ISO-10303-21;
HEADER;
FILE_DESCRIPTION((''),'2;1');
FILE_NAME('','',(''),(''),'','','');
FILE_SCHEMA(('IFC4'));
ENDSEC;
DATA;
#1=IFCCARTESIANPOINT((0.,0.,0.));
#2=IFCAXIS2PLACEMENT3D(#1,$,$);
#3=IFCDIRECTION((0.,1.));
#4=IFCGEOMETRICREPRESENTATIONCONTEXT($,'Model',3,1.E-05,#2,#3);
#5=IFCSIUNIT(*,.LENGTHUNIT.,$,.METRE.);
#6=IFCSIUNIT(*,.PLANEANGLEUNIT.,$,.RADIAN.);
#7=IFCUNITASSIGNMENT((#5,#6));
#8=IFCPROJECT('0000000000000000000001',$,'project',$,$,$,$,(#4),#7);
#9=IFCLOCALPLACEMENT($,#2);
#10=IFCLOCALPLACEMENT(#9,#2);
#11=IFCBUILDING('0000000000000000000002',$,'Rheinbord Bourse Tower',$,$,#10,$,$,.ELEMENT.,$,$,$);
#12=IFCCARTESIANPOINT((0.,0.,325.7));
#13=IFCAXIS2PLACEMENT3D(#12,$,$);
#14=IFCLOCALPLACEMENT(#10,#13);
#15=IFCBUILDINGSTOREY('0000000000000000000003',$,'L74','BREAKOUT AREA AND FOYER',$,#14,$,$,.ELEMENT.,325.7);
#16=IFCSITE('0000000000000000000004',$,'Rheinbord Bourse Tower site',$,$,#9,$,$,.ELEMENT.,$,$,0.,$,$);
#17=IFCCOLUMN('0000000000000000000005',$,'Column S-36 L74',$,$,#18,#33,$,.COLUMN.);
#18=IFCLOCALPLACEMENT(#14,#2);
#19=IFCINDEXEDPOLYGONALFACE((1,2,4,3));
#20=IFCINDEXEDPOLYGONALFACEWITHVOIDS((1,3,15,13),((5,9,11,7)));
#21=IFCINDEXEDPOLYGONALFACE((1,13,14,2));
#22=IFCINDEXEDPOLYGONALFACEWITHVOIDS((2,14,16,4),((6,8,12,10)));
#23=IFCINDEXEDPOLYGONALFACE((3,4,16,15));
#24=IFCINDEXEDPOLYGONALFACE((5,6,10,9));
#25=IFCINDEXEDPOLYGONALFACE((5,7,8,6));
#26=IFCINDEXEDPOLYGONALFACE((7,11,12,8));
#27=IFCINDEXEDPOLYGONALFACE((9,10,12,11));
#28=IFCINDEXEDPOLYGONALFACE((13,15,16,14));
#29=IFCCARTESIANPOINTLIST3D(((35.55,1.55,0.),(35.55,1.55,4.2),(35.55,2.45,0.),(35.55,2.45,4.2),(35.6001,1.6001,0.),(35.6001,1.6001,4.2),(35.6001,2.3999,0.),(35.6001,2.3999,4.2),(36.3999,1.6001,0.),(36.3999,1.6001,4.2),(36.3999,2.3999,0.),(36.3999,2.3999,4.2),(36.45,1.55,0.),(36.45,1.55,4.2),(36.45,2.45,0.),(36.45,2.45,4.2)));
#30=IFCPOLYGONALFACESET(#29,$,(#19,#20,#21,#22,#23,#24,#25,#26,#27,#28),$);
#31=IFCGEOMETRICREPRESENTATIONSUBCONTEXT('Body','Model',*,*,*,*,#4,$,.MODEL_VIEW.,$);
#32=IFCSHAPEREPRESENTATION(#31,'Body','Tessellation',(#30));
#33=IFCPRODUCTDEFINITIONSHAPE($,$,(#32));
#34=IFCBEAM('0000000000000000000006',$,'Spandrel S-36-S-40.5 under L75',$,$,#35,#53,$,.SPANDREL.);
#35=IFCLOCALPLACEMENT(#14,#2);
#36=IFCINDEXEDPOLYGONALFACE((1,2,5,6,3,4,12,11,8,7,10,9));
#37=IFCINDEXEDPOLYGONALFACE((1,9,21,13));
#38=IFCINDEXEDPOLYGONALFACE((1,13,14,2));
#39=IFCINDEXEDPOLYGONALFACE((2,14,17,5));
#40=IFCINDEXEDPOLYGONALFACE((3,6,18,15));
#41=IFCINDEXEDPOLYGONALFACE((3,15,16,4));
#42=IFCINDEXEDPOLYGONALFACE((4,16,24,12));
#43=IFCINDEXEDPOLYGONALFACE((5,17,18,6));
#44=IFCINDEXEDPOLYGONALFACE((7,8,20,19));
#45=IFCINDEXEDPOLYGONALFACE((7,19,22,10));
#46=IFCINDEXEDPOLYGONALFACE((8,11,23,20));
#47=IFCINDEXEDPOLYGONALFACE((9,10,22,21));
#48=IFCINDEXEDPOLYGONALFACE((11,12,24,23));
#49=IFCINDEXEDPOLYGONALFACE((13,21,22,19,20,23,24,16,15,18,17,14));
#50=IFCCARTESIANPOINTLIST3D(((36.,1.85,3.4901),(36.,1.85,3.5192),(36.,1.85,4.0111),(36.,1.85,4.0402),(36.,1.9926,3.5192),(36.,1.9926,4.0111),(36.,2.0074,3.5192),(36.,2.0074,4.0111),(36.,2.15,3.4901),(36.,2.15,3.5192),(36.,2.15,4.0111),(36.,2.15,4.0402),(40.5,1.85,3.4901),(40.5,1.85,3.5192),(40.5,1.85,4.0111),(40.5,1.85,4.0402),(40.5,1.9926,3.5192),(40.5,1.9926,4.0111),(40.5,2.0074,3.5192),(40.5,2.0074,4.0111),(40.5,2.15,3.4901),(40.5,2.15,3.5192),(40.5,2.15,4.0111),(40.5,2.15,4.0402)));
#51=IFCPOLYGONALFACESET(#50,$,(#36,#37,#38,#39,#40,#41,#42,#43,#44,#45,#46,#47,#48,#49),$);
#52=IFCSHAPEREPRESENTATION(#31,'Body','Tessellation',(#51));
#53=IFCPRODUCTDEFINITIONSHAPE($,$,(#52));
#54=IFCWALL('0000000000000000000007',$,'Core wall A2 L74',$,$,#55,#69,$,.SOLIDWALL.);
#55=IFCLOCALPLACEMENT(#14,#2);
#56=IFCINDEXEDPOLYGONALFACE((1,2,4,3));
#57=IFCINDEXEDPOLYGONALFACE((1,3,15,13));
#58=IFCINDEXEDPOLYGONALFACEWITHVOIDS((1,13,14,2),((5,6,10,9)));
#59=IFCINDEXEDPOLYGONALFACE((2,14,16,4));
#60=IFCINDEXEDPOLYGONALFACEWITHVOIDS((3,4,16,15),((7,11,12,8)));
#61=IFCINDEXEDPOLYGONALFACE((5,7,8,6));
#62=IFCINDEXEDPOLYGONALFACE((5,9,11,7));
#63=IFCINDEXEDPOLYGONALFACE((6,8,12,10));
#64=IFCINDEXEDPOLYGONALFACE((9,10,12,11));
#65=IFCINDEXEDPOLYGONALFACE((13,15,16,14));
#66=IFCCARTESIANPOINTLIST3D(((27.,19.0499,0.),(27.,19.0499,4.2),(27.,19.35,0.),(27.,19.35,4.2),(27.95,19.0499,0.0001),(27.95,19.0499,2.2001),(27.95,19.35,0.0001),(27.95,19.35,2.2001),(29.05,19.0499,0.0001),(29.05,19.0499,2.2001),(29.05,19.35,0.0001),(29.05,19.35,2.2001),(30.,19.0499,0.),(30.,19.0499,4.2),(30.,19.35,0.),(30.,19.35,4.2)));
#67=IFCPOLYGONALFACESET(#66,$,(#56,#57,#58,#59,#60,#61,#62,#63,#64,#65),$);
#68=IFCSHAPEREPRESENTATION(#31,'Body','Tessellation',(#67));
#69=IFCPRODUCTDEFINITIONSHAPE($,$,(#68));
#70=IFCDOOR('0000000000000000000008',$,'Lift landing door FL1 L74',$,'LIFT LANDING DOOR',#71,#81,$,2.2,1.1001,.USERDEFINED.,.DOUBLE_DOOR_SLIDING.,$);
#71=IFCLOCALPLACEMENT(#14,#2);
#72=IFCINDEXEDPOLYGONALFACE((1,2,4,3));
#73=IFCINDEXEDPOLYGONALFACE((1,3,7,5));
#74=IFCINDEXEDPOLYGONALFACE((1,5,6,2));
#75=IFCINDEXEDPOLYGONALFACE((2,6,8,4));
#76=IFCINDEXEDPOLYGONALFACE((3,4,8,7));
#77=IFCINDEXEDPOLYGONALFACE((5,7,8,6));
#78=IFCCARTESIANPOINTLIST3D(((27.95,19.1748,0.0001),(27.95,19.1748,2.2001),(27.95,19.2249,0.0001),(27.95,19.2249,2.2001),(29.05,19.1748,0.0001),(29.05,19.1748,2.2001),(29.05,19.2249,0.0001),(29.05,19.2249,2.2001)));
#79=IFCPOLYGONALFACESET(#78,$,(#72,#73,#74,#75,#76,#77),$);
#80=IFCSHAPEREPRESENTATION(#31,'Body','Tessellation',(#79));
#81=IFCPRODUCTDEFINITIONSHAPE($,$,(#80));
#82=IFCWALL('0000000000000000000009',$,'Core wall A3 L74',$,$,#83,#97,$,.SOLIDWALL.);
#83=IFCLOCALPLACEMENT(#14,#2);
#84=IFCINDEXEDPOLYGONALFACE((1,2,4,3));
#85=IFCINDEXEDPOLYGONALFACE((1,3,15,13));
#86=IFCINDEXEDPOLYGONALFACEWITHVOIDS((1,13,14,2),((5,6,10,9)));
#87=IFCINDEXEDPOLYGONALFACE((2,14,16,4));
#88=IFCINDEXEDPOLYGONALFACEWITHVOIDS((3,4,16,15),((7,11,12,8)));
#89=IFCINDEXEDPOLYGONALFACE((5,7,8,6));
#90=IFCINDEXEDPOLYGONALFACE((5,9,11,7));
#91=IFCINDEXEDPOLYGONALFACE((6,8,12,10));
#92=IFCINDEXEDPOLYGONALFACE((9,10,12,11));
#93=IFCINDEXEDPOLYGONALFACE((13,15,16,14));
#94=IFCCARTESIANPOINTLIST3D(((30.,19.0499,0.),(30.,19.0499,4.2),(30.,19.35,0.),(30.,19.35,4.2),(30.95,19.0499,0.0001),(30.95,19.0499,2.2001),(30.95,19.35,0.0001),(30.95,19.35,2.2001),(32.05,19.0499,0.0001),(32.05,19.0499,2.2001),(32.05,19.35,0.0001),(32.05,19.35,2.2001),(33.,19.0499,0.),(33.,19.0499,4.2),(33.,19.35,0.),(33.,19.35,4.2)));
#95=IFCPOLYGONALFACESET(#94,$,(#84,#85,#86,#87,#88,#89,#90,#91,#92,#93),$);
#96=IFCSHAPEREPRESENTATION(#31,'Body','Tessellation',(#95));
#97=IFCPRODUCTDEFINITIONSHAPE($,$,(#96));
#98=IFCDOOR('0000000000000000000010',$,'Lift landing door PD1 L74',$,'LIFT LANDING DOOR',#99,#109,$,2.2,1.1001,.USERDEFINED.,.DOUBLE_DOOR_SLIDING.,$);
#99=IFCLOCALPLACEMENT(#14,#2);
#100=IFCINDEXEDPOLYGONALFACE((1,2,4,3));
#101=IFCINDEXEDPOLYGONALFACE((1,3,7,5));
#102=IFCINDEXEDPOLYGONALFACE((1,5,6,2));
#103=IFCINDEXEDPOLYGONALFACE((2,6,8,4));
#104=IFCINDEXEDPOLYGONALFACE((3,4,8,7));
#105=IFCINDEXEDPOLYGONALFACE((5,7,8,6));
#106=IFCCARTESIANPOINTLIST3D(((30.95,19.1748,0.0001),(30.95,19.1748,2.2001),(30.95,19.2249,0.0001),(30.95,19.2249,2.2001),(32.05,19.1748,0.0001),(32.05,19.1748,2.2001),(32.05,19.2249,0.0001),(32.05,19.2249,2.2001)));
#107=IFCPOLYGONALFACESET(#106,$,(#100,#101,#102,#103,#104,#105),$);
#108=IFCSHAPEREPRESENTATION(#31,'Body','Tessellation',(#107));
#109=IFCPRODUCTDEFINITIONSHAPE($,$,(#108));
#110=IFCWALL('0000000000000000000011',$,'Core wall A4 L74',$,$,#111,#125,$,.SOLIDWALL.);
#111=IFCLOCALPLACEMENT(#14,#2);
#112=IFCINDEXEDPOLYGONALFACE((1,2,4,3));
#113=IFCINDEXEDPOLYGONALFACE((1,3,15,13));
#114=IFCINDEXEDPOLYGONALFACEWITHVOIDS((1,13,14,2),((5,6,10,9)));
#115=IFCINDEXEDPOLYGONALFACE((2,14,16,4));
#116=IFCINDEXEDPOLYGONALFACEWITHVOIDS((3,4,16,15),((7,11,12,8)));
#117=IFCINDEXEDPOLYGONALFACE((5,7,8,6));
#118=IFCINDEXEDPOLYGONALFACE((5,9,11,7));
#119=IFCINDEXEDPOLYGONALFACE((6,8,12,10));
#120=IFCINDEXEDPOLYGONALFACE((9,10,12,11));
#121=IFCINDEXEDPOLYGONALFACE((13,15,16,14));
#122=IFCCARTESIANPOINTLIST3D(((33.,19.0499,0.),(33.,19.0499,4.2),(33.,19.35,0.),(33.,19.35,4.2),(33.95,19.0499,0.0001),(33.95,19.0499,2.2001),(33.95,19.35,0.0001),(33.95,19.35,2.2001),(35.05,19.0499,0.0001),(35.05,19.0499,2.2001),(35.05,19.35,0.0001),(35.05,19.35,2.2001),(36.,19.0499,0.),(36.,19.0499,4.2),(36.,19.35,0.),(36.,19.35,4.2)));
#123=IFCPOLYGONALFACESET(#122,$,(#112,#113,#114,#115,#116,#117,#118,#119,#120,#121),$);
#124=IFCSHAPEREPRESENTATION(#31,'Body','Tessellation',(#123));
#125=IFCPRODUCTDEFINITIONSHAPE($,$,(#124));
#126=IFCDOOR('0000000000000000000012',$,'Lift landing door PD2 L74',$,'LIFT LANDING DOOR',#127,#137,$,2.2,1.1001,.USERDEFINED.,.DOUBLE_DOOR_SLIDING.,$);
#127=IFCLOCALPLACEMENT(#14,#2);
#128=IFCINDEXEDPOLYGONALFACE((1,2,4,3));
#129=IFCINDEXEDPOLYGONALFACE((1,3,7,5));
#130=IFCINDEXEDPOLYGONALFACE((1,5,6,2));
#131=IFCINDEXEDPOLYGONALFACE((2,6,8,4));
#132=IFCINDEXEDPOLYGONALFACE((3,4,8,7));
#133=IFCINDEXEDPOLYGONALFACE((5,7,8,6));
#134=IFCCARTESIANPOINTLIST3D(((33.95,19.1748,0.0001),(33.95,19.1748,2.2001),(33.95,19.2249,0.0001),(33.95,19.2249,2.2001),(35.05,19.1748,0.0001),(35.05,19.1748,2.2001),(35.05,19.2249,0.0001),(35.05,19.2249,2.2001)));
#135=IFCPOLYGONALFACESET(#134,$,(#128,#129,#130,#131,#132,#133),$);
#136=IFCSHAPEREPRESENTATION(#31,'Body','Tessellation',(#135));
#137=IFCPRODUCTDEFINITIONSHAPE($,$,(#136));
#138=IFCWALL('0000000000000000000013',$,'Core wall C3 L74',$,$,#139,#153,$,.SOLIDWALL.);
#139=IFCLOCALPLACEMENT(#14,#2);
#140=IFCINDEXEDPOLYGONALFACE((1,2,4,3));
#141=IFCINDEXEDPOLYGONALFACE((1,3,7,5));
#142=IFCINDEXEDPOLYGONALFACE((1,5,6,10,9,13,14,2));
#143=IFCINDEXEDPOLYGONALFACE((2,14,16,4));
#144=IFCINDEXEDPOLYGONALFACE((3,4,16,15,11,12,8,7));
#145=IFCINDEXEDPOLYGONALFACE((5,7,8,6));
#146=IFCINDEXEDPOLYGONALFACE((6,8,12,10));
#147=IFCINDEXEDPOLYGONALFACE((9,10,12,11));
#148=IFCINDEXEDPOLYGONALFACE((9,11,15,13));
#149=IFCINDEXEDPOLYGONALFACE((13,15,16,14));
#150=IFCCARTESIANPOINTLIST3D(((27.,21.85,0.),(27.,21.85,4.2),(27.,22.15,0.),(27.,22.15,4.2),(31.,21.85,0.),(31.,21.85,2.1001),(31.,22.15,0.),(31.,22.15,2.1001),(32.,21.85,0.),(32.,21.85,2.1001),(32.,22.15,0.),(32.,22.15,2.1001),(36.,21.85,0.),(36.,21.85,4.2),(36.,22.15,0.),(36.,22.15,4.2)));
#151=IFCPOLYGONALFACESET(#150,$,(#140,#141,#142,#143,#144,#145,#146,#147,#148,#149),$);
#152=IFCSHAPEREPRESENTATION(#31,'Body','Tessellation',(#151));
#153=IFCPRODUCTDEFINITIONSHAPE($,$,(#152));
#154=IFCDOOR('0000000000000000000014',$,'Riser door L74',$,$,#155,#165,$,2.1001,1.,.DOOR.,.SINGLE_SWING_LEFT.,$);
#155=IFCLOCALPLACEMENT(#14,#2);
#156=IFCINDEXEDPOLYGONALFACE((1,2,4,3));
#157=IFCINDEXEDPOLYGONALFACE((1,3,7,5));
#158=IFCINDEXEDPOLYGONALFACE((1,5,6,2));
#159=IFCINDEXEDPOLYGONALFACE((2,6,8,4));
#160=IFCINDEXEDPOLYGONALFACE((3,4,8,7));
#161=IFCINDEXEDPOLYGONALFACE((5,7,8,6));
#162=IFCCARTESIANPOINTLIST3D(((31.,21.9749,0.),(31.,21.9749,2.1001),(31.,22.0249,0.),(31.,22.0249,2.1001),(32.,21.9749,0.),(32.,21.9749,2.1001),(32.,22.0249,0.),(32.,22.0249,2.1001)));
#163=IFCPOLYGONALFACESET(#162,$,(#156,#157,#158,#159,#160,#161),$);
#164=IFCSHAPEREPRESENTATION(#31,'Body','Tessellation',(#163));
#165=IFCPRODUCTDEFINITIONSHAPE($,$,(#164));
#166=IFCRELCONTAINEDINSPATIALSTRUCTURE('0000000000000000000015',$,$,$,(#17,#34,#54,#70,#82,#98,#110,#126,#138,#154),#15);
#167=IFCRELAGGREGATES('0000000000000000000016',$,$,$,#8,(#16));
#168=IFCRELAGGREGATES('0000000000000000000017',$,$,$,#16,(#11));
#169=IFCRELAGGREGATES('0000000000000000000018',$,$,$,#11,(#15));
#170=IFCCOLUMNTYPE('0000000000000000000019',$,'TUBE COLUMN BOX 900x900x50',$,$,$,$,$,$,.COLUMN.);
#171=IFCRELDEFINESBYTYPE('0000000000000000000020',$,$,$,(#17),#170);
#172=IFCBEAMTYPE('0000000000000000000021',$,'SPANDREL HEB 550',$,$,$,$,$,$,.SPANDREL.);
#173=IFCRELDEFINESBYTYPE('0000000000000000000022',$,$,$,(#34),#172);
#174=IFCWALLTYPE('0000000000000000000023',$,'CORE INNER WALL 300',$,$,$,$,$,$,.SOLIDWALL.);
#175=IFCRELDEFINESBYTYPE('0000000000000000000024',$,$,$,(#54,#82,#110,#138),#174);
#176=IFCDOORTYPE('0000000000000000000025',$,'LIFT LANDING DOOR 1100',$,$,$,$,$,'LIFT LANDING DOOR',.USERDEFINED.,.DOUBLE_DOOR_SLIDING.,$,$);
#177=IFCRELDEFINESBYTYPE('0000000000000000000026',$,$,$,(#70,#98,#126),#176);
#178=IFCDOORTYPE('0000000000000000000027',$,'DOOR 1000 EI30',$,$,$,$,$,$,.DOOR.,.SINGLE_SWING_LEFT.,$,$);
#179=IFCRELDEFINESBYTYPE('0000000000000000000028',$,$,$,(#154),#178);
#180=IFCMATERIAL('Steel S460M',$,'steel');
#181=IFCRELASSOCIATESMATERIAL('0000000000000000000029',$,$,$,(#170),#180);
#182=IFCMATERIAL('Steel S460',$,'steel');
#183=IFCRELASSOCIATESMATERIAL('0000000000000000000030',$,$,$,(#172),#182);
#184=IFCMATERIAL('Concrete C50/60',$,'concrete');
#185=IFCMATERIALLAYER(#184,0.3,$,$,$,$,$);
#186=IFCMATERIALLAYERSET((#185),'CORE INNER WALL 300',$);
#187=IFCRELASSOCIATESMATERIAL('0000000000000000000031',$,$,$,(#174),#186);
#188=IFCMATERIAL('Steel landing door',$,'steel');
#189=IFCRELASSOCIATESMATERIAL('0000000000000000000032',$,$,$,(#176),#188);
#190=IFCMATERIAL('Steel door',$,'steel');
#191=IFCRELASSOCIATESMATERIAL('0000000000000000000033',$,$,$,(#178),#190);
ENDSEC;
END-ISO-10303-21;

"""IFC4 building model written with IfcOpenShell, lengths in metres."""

from ifc_helpers import new_model, si_unit, direction, frame, frame_2d, origin, origin_2d, place, context, subcontext, project, spatial, rectangle, hollow_rectangle, i_section, extrude, material, layer, layer_set, material_profile, profile_set, type_object, element, fill, save


model = new_model("IFC4")

# Units and contexts
model_context = context("Model", 3, precision=1e-05, world=origin(), true_north=direction((0.0, 1.0)))
body_context = subcontext(model_context, "Body", "Model", "MODEL_VIEW")
ifc_project = project(units=[si_unit("LENGTHUNIT", "METRE"), si_unit("PLANEANGLEUNIT", "RADIAN")], contexts=[model_context])

# Site, building, storey
site_placement = place(None, origin())
site = spatial("IfcSite", under=ifc_project, at=site_placement, Name="Rheinbord Bourse Tower site", CompositionType="ELEMENT", RefElevation=0.0)
building_placement = place(site_placement, origin())
building = spatial("IfcBuilding", under=site, at=building_placement, Name="Rheinbord Bourse Tower", CompositionType="ELEMENT")
storey_placement = place(building_placement, frame((0.0, 0.0, 325.7)))
storey = spatial("IfcBuildingStorey", under=building, at=storey_placement, Name="L74", Description="BREAKOUT AREA AND FOYER", CompositionType="ELEMENT", Elevation=325.7)

# Column
ifc_material_1 = material(Name="Steel S460M", Category="steel")
ifc_material_profile_1 = material_profile(ifc_material_1, hollow_rectangle(XDim=0.8999, YDim=0.8999, WallThickness=0.05, at=origin_2d()), Name="BOX 900x900x50")
ifc_profile_set_1 = profile_set([ifc_material_profile_1], Name="Steel S460M")
column_type = type_object("IfcColumnType", Name="TUBE COLUMN BOX 900x900x50", PredefinedType="COLUMN", material=ifc_profile_set_1)
column_placement = place(storey_placement, frame((36.0, 2.0, 0.0), z_axis=(0.0, 0.0, 1.0), x_axis=(0.0, 1.0, 0.0)))
element("IfcColumn", 1, at=column_placement, inside=storey, type_object=column_type, Name="Column S-36 L74", PredefinedType="COLUMN", context=body_context, shape_type="SweptSolid", body=[
    extrude(hollow_rectangle(XDim=0.8999, YDim=0.8999, WallThickness=0.05, at=origin_2d()), origin(), (0.0, 0.0, 1.0), 4.2),
])

# Beam
ifc_material_2 = material(Name="Steel S460", Category="steel")
ifc_material_profile_2 = material_profile(ifc_material_2, i_section(OverallWidth=0.3, OverallDepth=0.55, WebThickness=0.0149, FlangeThickness=0.0291, at=origin_2d()), Name="HEB 550")
ifc_profile_set_2 = profile_set([ifc_material_profile_2], Name="Steel S460")
beam_type = type_object("IfcBeamType", Name="SPANDREL HEB 550", PredefinedType="SPANDREL", material=ifc_profile_set_2)
beam_placement = place(storey_placement, frame((36.0, 2.0, 3.7651), z_axis=(1.0, 0.0, 0.0), x_axis=(0.0, 1.0, 0.0)))
element("IfcBeam", 2, at=beam_placement, inside=storey, type_object=beam_type, Name="Spandrel S-36-S-40.5 under L75", PredefinedType="SPANDREL", context=body_context, shape_type="SweptSolid", body=[
    extrude(i_section(OverallWidth=0.3, OverallDepth=0.55, WebThickness=0.0149, FlangeThickness=0.0291, at=origin_2d()), origin(), (0.0, 0.0, 1.0), 4.5),
])

# Walls, openings, doors
ifc_material_3 = material(Name="Concrete C50/60", Category="concrete")
ifc_layer_1 = layer(ifc_material_3, 0.3)
ifc_layer_set_1 = layer_set([ifc_layer_1], Name="CORE INNER WALL 300")
wall_type_1 = type_object("IfcWallType", Name="CORE INNER WALL 300", PredefinedType="SOLIDWALL", material=ifc_layer_set_1)
wall_1_placement = place(storey_placement, frame((27.0, 19.2, 0.0), z_axis=(0.0, 0.0, 1.0), x_axis=(1.0, 0.0, 0.0)))
wall_1 = element("IfcWall", 3, at=wall_1_placement, inside=storey, type_object=wall_type_1, Name="Core wall A2 L74", PredefinedType="SOLIDWALL", context=body_context, shape_type="SweptSolid", body=[
    extrude(rectangle(XDim=3.0, YDim=0.3, at=frame_2d((1.5, 0.0))), origin(), (0.0, 0.0, 1.0), 4.2),
])
opening_1_placement = place(wall_1_placement, frame((0.95, 0.0, 0.0)))
opening_1 = element("IfcOpeningElement", 4, at=opening_1_placement, cuts=wall_1, PredefinedType="OPENING", context=body_context, shape_type="SweptSolid", body=[
    extrude(rectangle(XDim=1.1001, YDim=2.2, at=frame_2d((0.55, 1.1001))), frame((0.0, 0.1599, 0.0), z_axis=(0.0, -1.0, 0.0), x_axis=(1.0, 0.0, 0.0)), (0.0, 0.0, 1.0), 0.3201),
])
ifc_material_4 = material(Name="Steel landing door", Category="steel")
door_type_1 = type_object("IfcDoorType", Name="LIFT LANDING DOOR 1100", ElementType="LIFT LANDING DOOR", OperationType="DOUBLE_DOOR_SLIDING", PredefinedType="USERDEFINED", material=ifc_material_4)
door_1_placement = place(opening_1_placement, origin())
door_1 = element("IfcDoor", 5, at=door_1_placement, inside=storey, type_object=door_type_1, Name="Lift landing door FL1 L74", ObjectType="LIFT LANDING DOOR", OperationType="DOUBLE_DOOR_SLIDING", OverallHeight=2.2, OverallWidth=1.1001, PredefinedType="USERDEFINED", context=body_context, shape_type="SweptSolid", body=[
    extrude(rectangle(XDim=1.1001, YDim=2.2, at=frame_2d((0.55, 1.1001))), frame((0.0, 0.0249, 0.0), z_axis=(0.0, -1.0, 0.0), x_axis=(1.0, 0.0, 0.0)), (0.0, 0.0, 1.0), 0.05),
])
fill(opening_1, door_1)
wall_2_placement = place(storey_placement, frame((30.0, 19.2, 0.0), z_axis=(0.0, 0.0, 1.0), x_axis=(1.0, 0.0, 0.0)))
wall_2 = element("IfcWall", 6, at=wall_2_placement, inside=storey, type_object=wall_type_1, Name="Core wall A3 L74", PredefinedType="SOLIDWALL", context=body_context, shape_type="SweptSolid", body=[
    extrude(rectangle(XDim=3.0, YDim=0.3, at=frame_2d((1.5, 0.0))), origin(), (0.0, 0.0, 1.0), 4.2),
])
opening_2_placement = place(wall_2_placement, frame((0.95, 0.0, 0.0)))
opening_2 = element("IfcOpeningElement", 7, at=opening_2_placement, cuts=wall_2, PredefinedType="OPENING", context=body_context, shape_type="SweptSolid", body=[
    extrude(rectangle(XDim=1.1001, YDim=2.2, at=frame_2d((0.55, 1.1001))), frame((0.0, 0.1599, 0.0), z_axis=(0.0, -1.0, 0.0), x_axis=(1.0, 0.0, 0.0)), (0.0, 0.0, 1.0), 0.3201),
])
door_2_placement = place(opening_2_placement, origin())
door_2 = element("IfcDoor", 8, at=door_2_placement, inside=storey, type_object=door_type_1, Name="Lift landing door PD1 L74", ObjectType="LIFT LANDING DOOR", OperationType="DOUBLE_DOOR_SLIDING", OverallHeight=2.2, OverallWidth=1.1001, PredefinedType="USERDEFINED", context=body_context, shape_type="SweptSolid", body=[
    extrude(rectangle(XDim=1.1001, YDim=2.2, at=frame_2d((0.55, 1.1001))), frame((0.0, 0.0249, 0.0), z_axis=(0.0, -1.0, 0.0), x_axis=(1.0, 0.0, 0.0)), (0.0, 0.0, 1.0), 0.05),
])
fill(opening_2, door_2)
wall_3_placement = place(storey_placement, frame((33.0, 19.2, 0.0), z_axis=(0.0, 0.0, 1.0), x_axis=(1.0, 0.0, 0.0)))
wall_3 = element("IfcWall", 9, at=wall_3_placement, inside=storey, type_object=wall_type_1, Name="Core wall A4 L74", PredefinedType="SOLIDWALL", context=body_context, shape_type="SweptSolid", body=[
    extrude(rectangle(XDim=3.0, YDim=0.3, at=frame_2d((1.5, 0.0))), origin(), (0.0, 0.0, 1.0), 4.2),
])
opening_3_placement = place(wall_3_placement, frame((0.95, 0.0, 0.0)))
opening_3 = element("IfcOpeningElement", 10, at=opening_3_placement, cuts=wall_3, PredefinedType="OPENING", context=body_context, shape_type="SweptSolid", body=[
    extrude(rectangle(XDim=1.1001, YDim=2.2, at=frame_2d((0.55, 1.1001))), frame((0.0, 0.1599, 0.0), z_axis=(0.0, -1.0, 0.0), x_axis=(1.0, 0.0, 0.0)), (0.0, 0.0, 1.0), 0.3201),
])
door_3_placement = place(opening_3_placement, origin())
door_3 = element("IfcDoor", 11, at=door_3_placement, inside=storey, type_object=door_type_1, Name="Lift landing door PD2 L74", ObjectType="LIFT LANDING DOOR", OperationType="DOUBLE_DOOR_SLIDING", OverallHeight=2.2, OverallWidth=1.1001, PredefinedType="USERDEFINED", context=body_context, shape_type="SweptSolid", body=[
    extrude(rectangle(XDim=1.1001, YDim=2.2, at=frame_2d((0.55, 1.1001))), frame((0.0, 0.0249, 0.0), z_axis=(0.0, -1.0, 0.0), x_axis=(1.0, 0.0, 0.0)), (0.0, 0.0, 1.0), 0.05),
])
fill(opening_3, door_3)
wall_4_placement = place(storey_placement, frame((27.0, 22.0, 0.0), z_axis=(0.0, 0.0, 1.0), x_axis=(1.0, 0.0, 0.0)))
wall_4 = element("IfcWall", 12, at=wall_4_placement, inside=storey, type_object=wall_type_1, Name="Core wall C3 L74", PredefinedType="SOLIDWALL", context=body_context, shape_type="SweptSolid", body=[
    extrude(rectangle(XDim=9.0, YDim=0.3, at=frame_2d((4.5, 0.0))), origin(), (0.0, 0.0, 1.0), 4.2),
])
opening_4_placement = place(wall_4_placement, frame((4.0, 0.0, 0.0)))
opening_4 = element("IfcOpeningElement", 13, at=opening_4_placement, cuts=wall_4, PredefinedType="OPENING", context=body_context, shape_type="SweptSolid", body=[
    extrude(rectangle(XDim=1.0, YDim=2.1001, at=frame_2d((0.5, 1.05))), frame((0.0, 0.1599, 0.0), z_axis=(0.0, -1.0, 0.0), x_axis=(1.0, 0.0, 0.0)), (0.0, 0.0, 1.0), 0.3201),
])
ifc_material_5 = material(Name="Steel door", Category="steel")
door_type_2 = type_object("IfcDoorType", Name="DOOR 1000 EI30", OperationType="SINGLE_SWING_LEFT", PredefinedType="DOOR", material=ifc_material_5)
door_4_placement = place(opening_4_placement, origin())
door_4 = element("IfcDoor", 14, at=door_4_placement, inside=storey, type_object=door_type_2, Name="Riser door L74", OperationType="SINGLE_SWING_LEFT", OverallHeight=2.1001, OverallWidth=1.0, PredefinedType="DOOR", context=body_context, shape_type="SweptSolid", body=[
    extrude(rectangle(XDim=1.0, YDim=2.1001, at=frame_2d((0.5, 1.05))), frame((0.0, 0.0249, 0.0), z_axis=(0.0, -1.0, 0.0), x_axis=(1.0, 0.0, 0.0)), (0.0, 0.0, 1.0), 0.05),
])
fill(opening_4, door_4)

save(model, "model.ifc")
